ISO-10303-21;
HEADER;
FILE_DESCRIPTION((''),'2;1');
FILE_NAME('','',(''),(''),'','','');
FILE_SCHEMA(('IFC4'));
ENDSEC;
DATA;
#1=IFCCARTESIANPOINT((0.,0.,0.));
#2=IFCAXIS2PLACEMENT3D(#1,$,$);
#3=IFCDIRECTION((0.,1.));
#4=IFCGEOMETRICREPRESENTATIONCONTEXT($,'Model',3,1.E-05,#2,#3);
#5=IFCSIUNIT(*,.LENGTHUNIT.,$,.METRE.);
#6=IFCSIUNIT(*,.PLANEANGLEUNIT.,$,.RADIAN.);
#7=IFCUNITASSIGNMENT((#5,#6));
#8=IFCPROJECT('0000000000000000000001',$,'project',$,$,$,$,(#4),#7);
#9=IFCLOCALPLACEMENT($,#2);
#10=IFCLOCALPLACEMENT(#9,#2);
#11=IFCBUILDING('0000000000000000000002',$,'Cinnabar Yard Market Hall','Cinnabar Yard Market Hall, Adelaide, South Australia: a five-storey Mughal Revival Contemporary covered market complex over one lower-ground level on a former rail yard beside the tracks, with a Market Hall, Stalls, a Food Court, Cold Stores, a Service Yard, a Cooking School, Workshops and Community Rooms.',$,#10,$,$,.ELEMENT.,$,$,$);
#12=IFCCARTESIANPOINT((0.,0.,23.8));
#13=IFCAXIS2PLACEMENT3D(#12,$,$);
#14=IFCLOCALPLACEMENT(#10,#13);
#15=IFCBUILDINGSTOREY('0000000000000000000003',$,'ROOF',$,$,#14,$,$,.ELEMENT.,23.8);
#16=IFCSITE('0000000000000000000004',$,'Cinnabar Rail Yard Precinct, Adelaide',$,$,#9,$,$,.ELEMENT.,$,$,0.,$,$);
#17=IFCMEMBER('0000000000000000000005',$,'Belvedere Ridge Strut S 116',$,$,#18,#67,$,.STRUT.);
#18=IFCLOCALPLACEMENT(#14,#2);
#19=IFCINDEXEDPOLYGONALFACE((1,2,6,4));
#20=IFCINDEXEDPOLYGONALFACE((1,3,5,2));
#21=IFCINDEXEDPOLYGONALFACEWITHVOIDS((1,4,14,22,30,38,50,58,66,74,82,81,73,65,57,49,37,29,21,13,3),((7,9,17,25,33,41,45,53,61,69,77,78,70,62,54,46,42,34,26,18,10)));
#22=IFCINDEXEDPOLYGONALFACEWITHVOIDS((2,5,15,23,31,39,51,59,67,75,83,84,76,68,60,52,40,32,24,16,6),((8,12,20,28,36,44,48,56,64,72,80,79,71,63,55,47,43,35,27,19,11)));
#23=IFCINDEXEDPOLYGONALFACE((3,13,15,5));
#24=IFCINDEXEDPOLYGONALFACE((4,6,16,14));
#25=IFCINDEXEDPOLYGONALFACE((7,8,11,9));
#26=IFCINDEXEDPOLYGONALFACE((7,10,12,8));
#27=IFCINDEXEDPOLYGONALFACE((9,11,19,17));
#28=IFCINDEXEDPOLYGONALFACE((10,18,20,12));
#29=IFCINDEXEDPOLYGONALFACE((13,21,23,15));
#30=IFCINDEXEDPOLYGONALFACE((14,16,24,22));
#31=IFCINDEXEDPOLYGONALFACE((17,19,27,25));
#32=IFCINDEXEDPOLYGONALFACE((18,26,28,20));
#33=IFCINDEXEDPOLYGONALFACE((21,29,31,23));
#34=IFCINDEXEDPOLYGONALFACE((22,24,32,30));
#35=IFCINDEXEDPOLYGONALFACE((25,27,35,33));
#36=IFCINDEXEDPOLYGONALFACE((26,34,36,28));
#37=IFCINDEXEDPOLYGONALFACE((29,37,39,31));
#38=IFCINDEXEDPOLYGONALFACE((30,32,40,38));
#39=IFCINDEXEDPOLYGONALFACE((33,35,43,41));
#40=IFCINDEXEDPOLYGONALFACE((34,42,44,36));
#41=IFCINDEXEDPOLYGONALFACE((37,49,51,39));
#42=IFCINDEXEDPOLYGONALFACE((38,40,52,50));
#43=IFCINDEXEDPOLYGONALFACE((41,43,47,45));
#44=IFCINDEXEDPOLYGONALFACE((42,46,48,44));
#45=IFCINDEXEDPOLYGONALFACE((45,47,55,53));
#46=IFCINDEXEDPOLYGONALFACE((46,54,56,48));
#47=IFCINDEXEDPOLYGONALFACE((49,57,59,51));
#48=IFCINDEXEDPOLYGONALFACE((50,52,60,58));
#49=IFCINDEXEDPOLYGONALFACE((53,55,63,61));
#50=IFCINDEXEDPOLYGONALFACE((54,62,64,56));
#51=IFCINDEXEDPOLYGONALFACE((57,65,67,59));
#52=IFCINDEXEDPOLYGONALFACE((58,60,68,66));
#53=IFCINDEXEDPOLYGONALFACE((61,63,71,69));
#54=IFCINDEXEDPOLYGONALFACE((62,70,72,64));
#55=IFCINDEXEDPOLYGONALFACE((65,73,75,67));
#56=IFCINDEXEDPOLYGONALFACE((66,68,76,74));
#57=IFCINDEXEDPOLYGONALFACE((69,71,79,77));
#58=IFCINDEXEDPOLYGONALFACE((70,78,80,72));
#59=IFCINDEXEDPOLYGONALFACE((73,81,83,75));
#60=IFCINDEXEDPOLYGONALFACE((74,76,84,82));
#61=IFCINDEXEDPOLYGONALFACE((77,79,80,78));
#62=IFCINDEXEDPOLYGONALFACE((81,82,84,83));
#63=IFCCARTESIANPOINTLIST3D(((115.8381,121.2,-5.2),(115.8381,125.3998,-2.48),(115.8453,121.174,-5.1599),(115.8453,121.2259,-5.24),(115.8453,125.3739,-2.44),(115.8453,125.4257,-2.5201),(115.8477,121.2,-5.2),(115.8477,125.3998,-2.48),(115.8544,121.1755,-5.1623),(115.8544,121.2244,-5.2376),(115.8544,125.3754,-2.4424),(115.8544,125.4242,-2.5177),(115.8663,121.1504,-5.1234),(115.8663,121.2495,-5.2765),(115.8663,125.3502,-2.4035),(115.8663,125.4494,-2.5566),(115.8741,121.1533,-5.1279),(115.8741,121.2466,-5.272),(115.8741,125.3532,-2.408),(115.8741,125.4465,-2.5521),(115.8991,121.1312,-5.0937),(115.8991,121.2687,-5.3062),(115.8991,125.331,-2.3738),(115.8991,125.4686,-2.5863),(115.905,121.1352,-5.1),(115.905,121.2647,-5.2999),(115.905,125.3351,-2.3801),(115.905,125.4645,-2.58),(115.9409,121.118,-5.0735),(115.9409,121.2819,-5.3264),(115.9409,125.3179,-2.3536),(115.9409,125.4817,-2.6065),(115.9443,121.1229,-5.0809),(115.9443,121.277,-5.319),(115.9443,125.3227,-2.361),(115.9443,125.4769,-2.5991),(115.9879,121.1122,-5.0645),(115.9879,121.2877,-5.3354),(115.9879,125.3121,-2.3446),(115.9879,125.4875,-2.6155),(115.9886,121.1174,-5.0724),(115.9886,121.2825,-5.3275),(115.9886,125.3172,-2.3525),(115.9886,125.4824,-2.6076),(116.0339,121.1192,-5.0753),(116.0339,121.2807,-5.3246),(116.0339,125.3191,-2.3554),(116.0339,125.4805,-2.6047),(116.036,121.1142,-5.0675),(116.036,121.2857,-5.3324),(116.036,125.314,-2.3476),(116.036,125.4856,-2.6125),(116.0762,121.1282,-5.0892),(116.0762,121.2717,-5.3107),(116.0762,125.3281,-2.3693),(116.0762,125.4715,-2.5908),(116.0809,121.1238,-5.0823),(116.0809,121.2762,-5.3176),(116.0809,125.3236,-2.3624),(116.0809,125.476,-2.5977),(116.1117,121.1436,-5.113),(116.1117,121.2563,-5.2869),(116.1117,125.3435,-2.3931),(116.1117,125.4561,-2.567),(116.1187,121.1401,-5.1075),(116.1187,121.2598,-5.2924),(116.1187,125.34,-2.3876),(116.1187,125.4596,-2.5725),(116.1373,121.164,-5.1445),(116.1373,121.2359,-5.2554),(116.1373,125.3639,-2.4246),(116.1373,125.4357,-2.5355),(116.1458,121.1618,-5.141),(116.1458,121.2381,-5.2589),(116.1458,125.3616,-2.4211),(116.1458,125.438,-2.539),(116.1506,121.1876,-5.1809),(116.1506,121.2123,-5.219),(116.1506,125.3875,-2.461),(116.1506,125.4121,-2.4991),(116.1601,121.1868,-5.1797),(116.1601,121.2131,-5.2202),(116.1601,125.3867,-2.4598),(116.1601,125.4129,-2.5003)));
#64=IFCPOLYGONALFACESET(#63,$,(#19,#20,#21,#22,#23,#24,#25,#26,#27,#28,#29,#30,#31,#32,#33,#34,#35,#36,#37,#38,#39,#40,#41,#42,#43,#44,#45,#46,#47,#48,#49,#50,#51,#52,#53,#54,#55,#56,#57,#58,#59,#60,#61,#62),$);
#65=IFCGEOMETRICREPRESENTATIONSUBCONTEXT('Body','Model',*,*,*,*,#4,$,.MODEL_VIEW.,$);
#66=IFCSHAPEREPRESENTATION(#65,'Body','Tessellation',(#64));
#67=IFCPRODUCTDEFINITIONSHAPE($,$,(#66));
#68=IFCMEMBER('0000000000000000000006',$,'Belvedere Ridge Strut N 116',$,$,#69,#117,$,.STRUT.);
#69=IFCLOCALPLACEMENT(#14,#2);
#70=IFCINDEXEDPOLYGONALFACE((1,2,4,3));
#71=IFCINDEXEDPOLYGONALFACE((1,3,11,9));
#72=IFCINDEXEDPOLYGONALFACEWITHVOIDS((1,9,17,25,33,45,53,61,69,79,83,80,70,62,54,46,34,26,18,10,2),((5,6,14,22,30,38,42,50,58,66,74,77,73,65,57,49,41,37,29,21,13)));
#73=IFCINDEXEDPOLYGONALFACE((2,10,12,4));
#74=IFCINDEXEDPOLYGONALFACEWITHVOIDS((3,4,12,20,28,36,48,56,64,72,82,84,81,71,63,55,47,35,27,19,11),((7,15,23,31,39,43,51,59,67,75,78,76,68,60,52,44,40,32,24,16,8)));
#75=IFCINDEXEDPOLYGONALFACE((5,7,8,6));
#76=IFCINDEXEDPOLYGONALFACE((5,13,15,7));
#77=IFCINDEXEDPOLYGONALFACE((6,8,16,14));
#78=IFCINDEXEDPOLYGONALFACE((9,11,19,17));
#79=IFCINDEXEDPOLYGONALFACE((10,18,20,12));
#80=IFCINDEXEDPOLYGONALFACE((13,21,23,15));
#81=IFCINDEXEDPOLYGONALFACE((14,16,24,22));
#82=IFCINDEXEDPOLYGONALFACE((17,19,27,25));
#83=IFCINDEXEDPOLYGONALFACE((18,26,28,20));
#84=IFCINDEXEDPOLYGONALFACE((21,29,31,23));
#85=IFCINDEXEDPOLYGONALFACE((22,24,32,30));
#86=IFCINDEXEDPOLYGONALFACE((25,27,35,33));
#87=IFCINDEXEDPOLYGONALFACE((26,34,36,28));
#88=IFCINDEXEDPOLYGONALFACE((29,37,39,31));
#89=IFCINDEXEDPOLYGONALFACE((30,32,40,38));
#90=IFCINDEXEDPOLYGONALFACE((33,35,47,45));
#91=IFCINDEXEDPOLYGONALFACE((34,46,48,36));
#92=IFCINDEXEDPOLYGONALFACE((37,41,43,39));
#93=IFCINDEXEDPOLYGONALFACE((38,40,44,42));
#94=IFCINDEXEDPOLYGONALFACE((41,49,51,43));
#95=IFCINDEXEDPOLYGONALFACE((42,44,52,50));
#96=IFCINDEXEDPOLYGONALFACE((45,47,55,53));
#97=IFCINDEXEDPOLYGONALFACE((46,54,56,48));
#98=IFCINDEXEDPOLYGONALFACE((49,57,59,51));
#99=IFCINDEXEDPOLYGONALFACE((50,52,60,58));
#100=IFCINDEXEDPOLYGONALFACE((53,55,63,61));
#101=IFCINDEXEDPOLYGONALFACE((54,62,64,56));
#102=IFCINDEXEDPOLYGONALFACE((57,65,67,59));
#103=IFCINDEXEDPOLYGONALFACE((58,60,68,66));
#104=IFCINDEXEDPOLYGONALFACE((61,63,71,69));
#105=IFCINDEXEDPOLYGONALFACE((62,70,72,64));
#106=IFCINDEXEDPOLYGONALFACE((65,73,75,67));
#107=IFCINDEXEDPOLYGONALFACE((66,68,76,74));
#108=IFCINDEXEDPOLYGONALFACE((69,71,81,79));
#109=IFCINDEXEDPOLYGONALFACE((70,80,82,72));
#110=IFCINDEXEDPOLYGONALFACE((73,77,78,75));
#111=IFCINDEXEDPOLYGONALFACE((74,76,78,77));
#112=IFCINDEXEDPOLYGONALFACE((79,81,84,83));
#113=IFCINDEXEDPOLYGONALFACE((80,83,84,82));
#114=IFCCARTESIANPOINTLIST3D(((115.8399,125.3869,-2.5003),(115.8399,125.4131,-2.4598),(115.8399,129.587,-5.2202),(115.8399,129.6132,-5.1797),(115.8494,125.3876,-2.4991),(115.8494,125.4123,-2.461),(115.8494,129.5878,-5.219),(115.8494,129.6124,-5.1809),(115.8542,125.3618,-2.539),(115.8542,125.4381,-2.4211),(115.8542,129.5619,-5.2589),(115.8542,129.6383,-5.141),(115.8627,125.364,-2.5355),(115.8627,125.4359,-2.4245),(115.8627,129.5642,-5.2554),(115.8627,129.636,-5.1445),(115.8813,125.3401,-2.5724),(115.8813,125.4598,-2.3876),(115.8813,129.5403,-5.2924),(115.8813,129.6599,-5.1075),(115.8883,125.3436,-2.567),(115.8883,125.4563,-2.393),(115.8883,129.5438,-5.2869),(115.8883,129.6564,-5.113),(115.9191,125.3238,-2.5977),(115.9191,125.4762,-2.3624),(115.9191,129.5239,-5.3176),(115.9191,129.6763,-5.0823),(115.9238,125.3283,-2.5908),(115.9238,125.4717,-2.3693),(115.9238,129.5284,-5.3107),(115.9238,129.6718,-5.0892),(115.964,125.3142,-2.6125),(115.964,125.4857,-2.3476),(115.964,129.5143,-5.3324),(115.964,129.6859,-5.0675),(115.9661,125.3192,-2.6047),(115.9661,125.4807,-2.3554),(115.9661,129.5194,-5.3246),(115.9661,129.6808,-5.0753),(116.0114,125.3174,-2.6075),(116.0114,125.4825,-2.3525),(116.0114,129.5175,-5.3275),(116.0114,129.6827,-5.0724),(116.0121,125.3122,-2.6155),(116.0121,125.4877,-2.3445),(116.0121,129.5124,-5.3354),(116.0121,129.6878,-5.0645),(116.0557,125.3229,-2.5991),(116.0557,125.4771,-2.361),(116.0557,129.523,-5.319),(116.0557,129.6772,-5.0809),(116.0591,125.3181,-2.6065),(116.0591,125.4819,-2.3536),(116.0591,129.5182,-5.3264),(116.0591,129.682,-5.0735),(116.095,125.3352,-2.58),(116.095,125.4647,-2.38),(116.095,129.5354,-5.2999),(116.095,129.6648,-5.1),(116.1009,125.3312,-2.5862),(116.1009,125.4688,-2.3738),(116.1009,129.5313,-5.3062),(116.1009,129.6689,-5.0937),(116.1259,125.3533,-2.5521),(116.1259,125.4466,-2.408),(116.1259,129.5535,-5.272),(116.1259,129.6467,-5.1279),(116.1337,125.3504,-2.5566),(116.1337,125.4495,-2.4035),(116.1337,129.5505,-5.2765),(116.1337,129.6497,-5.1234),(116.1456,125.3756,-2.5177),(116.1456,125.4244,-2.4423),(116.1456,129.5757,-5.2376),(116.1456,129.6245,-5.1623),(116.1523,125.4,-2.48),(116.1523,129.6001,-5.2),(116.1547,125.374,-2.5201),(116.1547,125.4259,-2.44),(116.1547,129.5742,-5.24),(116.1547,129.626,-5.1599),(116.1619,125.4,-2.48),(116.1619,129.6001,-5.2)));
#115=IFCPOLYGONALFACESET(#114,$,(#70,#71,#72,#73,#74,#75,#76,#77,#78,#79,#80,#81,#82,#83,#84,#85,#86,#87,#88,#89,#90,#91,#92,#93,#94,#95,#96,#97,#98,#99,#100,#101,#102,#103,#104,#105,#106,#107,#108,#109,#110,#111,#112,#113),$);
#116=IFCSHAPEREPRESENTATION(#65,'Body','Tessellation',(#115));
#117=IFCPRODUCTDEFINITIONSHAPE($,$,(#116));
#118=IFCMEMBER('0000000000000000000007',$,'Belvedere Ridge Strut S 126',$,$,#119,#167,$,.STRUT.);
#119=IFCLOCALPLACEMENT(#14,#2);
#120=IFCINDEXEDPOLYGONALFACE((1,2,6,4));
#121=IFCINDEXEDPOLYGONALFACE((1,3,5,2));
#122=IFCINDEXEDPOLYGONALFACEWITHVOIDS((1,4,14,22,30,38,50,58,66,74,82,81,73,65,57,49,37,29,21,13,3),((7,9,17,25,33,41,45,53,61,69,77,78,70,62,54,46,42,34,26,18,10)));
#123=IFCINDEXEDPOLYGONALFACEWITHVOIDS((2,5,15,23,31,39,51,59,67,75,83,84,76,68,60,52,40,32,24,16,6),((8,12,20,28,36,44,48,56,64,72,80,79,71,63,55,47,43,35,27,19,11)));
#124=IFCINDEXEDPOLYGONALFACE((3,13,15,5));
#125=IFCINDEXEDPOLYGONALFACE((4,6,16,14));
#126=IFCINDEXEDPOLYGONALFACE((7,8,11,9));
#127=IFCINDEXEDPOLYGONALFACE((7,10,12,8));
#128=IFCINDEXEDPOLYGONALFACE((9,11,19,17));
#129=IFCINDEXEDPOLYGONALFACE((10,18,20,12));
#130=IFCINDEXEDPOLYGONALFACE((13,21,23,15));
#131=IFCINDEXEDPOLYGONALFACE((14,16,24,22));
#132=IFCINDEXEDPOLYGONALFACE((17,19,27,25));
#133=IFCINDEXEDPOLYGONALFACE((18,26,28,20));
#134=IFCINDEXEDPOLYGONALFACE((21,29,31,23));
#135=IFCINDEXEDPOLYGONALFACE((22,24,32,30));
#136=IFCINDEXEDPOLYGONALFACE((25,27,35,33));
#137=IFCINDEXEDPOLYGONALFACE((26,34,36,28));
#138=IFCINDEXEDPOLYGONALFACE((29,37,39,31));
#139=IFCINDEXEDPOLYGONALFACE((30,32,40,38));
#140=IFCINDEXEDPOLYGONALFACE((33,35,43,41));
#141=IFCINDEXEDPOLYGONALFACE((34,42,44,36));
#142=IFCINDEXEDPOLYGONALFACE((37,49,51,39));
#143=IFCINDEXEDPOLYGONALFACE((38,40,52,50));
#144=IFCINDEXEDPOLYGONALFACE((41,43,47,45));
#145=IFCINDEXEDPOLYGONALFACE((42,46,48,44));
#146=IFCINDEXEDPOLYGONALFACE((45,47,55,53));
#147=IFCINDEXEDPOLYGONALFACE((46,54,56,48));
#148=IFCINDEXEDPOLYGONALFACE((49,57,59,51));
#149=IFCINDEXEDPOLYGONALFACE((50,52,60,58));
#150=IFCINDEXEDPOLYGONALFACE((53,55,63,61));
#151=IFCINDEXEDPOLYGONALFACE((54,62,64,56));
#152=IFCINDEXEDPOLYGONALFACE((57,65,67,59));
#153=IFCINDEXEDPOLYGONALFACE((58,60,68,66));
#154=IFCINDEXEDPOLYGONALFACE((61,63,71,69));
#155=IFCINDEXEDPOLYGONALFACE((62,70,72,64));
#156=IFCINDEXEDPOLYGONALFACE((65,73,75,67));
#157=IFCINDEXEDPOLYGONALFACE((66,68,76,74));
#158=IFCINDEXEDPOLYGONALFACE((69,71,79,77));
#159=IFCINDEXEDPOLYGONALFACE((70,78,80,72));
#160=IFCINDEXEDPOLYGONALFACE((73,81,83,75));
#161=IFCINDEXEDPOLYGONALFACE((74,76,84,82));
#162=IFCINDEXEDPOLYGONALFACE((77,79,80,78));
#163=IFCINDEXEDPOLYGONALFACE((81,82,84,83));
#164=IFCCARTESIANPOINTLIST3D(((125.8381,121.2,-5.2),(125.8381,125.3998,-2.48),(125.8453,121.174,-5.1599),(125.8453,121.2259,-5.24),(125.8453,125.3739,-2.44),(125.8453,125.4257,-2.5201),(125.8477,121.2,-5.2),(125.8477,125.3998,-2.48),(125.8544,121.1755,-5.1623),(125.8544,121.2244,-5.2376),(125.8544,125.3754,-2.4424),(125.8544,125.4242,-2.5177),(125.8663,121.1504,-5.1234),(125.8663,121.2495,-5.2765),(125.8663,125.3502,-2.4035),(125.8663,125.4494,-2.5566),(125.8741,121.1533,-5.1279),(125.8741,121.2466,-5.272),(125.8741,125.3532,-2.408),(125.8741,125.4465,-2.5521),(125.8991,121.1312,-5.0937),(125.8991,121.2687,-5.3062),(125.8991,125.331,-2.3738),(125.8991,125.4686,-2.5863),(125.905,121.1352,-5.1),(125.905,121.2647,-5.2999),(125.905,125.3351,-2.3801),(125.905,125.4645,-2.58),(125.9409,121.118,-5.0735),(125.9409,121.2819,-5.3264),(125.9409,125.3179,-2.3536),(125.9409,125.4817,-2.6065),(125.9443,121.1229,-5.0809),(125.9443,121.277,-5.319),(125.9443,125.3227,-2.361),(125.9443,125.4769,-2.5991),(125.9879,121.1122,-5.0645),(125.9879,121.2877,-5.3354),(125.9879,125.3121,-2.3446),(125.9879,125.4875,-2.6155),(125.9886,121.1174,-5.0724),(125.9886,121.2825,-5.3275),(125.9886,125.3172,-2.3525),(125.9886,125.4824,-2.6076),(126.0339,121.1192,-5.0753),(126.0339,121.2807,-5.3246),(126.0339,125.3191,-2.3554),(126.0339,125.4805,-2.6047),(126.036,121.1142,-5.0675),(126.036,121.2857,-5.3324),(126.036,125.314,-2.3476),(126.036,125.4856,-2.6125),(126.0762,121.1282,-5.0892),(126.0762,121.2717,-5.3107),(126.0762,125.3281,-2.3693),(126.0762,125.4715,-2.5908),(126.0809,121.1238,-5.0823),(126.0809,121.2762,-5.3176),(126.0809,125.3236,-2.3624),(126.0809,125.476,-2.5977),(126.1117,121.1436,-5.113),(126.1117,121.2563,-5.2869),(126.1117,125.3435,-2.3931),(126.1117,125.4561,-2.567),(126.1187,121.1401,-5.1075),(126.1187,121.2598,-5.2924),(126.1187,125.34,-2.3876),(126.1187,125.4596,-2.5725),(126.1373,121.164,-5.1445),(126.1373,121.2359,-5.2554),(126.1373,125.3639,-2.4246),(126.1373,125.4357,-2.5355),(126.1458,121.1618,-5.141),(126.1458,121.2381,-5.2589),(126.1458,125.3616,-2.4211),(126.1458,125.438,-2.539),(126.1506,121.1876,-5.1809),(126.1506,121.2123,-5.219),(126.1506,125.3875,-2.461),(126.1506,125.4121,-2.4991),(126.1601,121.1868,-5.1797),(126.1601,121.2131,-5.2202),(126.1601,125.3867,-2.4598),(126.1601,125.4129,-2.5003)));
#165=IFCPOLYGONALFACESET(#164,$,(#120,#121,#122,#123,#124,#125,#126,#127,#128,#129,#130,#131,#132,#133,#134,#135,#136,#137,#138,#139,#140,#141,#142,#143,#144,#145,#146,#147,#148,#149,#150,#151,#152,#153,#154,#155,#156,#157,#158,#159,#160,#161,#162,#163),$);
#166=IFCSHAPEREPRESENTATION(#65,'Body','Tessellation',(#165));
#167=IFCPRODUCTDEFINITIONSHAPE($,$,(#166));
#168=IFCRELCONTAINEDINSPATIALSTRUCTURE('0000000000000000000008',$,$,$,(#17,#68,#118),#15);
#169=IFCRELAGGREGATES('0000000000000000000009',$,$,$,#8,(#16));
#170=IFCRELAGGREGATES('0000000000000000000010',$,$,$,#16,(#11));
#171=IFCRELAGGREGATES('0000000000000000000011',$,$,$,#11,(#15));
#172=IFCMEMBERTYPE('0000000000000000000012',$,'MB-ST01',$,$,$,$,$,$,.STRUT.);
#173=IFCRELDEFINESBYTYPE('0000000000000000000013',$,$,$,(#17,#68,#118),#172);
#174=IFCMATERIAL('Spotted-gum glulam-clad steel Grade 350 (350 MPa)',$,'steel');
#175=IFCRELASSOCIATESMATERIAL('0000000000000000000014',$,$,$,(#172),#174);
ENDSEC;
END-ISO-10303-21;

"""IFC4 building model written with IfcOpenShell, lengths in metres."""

from ifc_helpers import new_model, si_unit, direction, frame, origin, origin_2d_with_axis, place, context, subcontext, project, spatial, hollow_circle, extrude, material, material_profile, profile_set, type_object, element, save


model = new_model("IFC4")

# Units and contexts
model_context = context("Model", 3, precision=1e-05, world=origin(), true_north=direction((0.0, 1.0)))
body_context = subcontext(model_context, "Body", "Model", "MODEL_VIEW")
ifc_project = project(units=[si_unit("LENGTHUNIT", "METRE"), si_unit("PLANEANGLEUNIT", "RADIAN")], contexts=[model_context])

# Site, building, storey
site_placement = place(None, origin())
site = spatial("IfcSite", under=ifc_project, at=site_placement, Name="Cinnabar Rail Yard Precinct, Adelaide", CompositionType="ELEMENT", RefElevation=0.0)
building_placement = place(site_placement, origin())
building = spatial("IfcBuilding", under=site, at=building_placement, Name="Cinnabar Yard Market Hall", Description="Cinnabar Yard Market Hall, Adelaide, South Australia: a five-storey Mughal Revival Contemporary covered market complex over one lower-ground level on a former rail yard beside the tracks, with a Market Hall, Stalls, a Food Court, Cold Stores, a Service Yard, a Cooking School, Workshops and Community Rooms.", CompositionType="ELEMENT")
storey_placement = place(building_placement, frame((0.0, 0.0, 23.8)))
storey = spatial("IfcBuildingStorey", under=building, at=storey_placement, Name="ROOF", CompositionType="ELEMENT", Elevation=23.8)

# Members
ifc_material_1 = material(Name="Spotted-gum glulam-clad steel Grade 350 (350 MPa)", Category="steel")
ifc_material_profile_1 = material_profile(ifc_material_1, hollow_circle(Radius=0.1619, WallThickness=0.0095, at=origin_2d_with_axis()), Name="323.9x9.5CHS")
ifc_profile_set_1 = profile_set([ifc_material_profile_1], Name="Spotted-gum glulam-clad steel Grade 350 (350 MPa)")
member_type_1 = type_object("IfcMemberType", Name="MB-ST01", PredefinedType="STRUT", material=ifc_profile_set_1)
member_1_placement = place(storey_placement, frame((116.0, 121.2, -5.2), z_axis=(0.0, 0.839355, 0.543583), x_axis=(-1.0, 0.0, 0.0)))
element("IfcMember", 1, at=member_1_placement, inside=storey, type_object=member_type_1, Name="Belvedere Ridge Strut S 116", PredefinedType="STRUT", context=body_context, shape_type="SweptSolid", body=[
    extrude(hollow_circle(Radius=0.1619, WallThickness=0.0095, at=origin_2d_with_axis()), origin(), (0.0, 0.0, 1.0), 5.0037),
])
member_2_placement = place(storey_placement, frame((116.0, 129.6001, -5.2), z_axis=(0.0, -0.83937, 0.543561), x_axis=(1.0, 0.0, 0.0)))
element("IfcMember", 2, at=member_2_placement, inside=storey, type_object=member_type_1, Name="Belvedere Ridge Strut N 116", PredefinedType="STRUT", context=body_context, shape_type="SweptSolid", body=[
    extrude(hollow_circle(Radius=0.1619, WallThickness=0.0095, at=origin_2d_with_axis()), origin(), (0.0, 0.0, 1.0), 5.0039),
])
member_3_placement = place(storey_placement, frame((126.0, 121.2, -5.2), z_axis=(0.0, 0.839355, 0.543583), x_axis=(-1.0, 0.0, 0.0)))
element("IfcMember", 3, at=member_3_placement, inside=storey, type_object=member_type_1, Name="Belvedere Ridge Strut S 126", PredefinedType="STRUT", context=body_context, shape_type="SweptSolid", body=[
    extrude(hollow_circle(Radius=0.1619, WallThickness=0.0095, at=origin_2d_with_axis()), origin(), (0.0, 0.0, 1.0), 5.0037),
])

save(model, "model.ifc")
